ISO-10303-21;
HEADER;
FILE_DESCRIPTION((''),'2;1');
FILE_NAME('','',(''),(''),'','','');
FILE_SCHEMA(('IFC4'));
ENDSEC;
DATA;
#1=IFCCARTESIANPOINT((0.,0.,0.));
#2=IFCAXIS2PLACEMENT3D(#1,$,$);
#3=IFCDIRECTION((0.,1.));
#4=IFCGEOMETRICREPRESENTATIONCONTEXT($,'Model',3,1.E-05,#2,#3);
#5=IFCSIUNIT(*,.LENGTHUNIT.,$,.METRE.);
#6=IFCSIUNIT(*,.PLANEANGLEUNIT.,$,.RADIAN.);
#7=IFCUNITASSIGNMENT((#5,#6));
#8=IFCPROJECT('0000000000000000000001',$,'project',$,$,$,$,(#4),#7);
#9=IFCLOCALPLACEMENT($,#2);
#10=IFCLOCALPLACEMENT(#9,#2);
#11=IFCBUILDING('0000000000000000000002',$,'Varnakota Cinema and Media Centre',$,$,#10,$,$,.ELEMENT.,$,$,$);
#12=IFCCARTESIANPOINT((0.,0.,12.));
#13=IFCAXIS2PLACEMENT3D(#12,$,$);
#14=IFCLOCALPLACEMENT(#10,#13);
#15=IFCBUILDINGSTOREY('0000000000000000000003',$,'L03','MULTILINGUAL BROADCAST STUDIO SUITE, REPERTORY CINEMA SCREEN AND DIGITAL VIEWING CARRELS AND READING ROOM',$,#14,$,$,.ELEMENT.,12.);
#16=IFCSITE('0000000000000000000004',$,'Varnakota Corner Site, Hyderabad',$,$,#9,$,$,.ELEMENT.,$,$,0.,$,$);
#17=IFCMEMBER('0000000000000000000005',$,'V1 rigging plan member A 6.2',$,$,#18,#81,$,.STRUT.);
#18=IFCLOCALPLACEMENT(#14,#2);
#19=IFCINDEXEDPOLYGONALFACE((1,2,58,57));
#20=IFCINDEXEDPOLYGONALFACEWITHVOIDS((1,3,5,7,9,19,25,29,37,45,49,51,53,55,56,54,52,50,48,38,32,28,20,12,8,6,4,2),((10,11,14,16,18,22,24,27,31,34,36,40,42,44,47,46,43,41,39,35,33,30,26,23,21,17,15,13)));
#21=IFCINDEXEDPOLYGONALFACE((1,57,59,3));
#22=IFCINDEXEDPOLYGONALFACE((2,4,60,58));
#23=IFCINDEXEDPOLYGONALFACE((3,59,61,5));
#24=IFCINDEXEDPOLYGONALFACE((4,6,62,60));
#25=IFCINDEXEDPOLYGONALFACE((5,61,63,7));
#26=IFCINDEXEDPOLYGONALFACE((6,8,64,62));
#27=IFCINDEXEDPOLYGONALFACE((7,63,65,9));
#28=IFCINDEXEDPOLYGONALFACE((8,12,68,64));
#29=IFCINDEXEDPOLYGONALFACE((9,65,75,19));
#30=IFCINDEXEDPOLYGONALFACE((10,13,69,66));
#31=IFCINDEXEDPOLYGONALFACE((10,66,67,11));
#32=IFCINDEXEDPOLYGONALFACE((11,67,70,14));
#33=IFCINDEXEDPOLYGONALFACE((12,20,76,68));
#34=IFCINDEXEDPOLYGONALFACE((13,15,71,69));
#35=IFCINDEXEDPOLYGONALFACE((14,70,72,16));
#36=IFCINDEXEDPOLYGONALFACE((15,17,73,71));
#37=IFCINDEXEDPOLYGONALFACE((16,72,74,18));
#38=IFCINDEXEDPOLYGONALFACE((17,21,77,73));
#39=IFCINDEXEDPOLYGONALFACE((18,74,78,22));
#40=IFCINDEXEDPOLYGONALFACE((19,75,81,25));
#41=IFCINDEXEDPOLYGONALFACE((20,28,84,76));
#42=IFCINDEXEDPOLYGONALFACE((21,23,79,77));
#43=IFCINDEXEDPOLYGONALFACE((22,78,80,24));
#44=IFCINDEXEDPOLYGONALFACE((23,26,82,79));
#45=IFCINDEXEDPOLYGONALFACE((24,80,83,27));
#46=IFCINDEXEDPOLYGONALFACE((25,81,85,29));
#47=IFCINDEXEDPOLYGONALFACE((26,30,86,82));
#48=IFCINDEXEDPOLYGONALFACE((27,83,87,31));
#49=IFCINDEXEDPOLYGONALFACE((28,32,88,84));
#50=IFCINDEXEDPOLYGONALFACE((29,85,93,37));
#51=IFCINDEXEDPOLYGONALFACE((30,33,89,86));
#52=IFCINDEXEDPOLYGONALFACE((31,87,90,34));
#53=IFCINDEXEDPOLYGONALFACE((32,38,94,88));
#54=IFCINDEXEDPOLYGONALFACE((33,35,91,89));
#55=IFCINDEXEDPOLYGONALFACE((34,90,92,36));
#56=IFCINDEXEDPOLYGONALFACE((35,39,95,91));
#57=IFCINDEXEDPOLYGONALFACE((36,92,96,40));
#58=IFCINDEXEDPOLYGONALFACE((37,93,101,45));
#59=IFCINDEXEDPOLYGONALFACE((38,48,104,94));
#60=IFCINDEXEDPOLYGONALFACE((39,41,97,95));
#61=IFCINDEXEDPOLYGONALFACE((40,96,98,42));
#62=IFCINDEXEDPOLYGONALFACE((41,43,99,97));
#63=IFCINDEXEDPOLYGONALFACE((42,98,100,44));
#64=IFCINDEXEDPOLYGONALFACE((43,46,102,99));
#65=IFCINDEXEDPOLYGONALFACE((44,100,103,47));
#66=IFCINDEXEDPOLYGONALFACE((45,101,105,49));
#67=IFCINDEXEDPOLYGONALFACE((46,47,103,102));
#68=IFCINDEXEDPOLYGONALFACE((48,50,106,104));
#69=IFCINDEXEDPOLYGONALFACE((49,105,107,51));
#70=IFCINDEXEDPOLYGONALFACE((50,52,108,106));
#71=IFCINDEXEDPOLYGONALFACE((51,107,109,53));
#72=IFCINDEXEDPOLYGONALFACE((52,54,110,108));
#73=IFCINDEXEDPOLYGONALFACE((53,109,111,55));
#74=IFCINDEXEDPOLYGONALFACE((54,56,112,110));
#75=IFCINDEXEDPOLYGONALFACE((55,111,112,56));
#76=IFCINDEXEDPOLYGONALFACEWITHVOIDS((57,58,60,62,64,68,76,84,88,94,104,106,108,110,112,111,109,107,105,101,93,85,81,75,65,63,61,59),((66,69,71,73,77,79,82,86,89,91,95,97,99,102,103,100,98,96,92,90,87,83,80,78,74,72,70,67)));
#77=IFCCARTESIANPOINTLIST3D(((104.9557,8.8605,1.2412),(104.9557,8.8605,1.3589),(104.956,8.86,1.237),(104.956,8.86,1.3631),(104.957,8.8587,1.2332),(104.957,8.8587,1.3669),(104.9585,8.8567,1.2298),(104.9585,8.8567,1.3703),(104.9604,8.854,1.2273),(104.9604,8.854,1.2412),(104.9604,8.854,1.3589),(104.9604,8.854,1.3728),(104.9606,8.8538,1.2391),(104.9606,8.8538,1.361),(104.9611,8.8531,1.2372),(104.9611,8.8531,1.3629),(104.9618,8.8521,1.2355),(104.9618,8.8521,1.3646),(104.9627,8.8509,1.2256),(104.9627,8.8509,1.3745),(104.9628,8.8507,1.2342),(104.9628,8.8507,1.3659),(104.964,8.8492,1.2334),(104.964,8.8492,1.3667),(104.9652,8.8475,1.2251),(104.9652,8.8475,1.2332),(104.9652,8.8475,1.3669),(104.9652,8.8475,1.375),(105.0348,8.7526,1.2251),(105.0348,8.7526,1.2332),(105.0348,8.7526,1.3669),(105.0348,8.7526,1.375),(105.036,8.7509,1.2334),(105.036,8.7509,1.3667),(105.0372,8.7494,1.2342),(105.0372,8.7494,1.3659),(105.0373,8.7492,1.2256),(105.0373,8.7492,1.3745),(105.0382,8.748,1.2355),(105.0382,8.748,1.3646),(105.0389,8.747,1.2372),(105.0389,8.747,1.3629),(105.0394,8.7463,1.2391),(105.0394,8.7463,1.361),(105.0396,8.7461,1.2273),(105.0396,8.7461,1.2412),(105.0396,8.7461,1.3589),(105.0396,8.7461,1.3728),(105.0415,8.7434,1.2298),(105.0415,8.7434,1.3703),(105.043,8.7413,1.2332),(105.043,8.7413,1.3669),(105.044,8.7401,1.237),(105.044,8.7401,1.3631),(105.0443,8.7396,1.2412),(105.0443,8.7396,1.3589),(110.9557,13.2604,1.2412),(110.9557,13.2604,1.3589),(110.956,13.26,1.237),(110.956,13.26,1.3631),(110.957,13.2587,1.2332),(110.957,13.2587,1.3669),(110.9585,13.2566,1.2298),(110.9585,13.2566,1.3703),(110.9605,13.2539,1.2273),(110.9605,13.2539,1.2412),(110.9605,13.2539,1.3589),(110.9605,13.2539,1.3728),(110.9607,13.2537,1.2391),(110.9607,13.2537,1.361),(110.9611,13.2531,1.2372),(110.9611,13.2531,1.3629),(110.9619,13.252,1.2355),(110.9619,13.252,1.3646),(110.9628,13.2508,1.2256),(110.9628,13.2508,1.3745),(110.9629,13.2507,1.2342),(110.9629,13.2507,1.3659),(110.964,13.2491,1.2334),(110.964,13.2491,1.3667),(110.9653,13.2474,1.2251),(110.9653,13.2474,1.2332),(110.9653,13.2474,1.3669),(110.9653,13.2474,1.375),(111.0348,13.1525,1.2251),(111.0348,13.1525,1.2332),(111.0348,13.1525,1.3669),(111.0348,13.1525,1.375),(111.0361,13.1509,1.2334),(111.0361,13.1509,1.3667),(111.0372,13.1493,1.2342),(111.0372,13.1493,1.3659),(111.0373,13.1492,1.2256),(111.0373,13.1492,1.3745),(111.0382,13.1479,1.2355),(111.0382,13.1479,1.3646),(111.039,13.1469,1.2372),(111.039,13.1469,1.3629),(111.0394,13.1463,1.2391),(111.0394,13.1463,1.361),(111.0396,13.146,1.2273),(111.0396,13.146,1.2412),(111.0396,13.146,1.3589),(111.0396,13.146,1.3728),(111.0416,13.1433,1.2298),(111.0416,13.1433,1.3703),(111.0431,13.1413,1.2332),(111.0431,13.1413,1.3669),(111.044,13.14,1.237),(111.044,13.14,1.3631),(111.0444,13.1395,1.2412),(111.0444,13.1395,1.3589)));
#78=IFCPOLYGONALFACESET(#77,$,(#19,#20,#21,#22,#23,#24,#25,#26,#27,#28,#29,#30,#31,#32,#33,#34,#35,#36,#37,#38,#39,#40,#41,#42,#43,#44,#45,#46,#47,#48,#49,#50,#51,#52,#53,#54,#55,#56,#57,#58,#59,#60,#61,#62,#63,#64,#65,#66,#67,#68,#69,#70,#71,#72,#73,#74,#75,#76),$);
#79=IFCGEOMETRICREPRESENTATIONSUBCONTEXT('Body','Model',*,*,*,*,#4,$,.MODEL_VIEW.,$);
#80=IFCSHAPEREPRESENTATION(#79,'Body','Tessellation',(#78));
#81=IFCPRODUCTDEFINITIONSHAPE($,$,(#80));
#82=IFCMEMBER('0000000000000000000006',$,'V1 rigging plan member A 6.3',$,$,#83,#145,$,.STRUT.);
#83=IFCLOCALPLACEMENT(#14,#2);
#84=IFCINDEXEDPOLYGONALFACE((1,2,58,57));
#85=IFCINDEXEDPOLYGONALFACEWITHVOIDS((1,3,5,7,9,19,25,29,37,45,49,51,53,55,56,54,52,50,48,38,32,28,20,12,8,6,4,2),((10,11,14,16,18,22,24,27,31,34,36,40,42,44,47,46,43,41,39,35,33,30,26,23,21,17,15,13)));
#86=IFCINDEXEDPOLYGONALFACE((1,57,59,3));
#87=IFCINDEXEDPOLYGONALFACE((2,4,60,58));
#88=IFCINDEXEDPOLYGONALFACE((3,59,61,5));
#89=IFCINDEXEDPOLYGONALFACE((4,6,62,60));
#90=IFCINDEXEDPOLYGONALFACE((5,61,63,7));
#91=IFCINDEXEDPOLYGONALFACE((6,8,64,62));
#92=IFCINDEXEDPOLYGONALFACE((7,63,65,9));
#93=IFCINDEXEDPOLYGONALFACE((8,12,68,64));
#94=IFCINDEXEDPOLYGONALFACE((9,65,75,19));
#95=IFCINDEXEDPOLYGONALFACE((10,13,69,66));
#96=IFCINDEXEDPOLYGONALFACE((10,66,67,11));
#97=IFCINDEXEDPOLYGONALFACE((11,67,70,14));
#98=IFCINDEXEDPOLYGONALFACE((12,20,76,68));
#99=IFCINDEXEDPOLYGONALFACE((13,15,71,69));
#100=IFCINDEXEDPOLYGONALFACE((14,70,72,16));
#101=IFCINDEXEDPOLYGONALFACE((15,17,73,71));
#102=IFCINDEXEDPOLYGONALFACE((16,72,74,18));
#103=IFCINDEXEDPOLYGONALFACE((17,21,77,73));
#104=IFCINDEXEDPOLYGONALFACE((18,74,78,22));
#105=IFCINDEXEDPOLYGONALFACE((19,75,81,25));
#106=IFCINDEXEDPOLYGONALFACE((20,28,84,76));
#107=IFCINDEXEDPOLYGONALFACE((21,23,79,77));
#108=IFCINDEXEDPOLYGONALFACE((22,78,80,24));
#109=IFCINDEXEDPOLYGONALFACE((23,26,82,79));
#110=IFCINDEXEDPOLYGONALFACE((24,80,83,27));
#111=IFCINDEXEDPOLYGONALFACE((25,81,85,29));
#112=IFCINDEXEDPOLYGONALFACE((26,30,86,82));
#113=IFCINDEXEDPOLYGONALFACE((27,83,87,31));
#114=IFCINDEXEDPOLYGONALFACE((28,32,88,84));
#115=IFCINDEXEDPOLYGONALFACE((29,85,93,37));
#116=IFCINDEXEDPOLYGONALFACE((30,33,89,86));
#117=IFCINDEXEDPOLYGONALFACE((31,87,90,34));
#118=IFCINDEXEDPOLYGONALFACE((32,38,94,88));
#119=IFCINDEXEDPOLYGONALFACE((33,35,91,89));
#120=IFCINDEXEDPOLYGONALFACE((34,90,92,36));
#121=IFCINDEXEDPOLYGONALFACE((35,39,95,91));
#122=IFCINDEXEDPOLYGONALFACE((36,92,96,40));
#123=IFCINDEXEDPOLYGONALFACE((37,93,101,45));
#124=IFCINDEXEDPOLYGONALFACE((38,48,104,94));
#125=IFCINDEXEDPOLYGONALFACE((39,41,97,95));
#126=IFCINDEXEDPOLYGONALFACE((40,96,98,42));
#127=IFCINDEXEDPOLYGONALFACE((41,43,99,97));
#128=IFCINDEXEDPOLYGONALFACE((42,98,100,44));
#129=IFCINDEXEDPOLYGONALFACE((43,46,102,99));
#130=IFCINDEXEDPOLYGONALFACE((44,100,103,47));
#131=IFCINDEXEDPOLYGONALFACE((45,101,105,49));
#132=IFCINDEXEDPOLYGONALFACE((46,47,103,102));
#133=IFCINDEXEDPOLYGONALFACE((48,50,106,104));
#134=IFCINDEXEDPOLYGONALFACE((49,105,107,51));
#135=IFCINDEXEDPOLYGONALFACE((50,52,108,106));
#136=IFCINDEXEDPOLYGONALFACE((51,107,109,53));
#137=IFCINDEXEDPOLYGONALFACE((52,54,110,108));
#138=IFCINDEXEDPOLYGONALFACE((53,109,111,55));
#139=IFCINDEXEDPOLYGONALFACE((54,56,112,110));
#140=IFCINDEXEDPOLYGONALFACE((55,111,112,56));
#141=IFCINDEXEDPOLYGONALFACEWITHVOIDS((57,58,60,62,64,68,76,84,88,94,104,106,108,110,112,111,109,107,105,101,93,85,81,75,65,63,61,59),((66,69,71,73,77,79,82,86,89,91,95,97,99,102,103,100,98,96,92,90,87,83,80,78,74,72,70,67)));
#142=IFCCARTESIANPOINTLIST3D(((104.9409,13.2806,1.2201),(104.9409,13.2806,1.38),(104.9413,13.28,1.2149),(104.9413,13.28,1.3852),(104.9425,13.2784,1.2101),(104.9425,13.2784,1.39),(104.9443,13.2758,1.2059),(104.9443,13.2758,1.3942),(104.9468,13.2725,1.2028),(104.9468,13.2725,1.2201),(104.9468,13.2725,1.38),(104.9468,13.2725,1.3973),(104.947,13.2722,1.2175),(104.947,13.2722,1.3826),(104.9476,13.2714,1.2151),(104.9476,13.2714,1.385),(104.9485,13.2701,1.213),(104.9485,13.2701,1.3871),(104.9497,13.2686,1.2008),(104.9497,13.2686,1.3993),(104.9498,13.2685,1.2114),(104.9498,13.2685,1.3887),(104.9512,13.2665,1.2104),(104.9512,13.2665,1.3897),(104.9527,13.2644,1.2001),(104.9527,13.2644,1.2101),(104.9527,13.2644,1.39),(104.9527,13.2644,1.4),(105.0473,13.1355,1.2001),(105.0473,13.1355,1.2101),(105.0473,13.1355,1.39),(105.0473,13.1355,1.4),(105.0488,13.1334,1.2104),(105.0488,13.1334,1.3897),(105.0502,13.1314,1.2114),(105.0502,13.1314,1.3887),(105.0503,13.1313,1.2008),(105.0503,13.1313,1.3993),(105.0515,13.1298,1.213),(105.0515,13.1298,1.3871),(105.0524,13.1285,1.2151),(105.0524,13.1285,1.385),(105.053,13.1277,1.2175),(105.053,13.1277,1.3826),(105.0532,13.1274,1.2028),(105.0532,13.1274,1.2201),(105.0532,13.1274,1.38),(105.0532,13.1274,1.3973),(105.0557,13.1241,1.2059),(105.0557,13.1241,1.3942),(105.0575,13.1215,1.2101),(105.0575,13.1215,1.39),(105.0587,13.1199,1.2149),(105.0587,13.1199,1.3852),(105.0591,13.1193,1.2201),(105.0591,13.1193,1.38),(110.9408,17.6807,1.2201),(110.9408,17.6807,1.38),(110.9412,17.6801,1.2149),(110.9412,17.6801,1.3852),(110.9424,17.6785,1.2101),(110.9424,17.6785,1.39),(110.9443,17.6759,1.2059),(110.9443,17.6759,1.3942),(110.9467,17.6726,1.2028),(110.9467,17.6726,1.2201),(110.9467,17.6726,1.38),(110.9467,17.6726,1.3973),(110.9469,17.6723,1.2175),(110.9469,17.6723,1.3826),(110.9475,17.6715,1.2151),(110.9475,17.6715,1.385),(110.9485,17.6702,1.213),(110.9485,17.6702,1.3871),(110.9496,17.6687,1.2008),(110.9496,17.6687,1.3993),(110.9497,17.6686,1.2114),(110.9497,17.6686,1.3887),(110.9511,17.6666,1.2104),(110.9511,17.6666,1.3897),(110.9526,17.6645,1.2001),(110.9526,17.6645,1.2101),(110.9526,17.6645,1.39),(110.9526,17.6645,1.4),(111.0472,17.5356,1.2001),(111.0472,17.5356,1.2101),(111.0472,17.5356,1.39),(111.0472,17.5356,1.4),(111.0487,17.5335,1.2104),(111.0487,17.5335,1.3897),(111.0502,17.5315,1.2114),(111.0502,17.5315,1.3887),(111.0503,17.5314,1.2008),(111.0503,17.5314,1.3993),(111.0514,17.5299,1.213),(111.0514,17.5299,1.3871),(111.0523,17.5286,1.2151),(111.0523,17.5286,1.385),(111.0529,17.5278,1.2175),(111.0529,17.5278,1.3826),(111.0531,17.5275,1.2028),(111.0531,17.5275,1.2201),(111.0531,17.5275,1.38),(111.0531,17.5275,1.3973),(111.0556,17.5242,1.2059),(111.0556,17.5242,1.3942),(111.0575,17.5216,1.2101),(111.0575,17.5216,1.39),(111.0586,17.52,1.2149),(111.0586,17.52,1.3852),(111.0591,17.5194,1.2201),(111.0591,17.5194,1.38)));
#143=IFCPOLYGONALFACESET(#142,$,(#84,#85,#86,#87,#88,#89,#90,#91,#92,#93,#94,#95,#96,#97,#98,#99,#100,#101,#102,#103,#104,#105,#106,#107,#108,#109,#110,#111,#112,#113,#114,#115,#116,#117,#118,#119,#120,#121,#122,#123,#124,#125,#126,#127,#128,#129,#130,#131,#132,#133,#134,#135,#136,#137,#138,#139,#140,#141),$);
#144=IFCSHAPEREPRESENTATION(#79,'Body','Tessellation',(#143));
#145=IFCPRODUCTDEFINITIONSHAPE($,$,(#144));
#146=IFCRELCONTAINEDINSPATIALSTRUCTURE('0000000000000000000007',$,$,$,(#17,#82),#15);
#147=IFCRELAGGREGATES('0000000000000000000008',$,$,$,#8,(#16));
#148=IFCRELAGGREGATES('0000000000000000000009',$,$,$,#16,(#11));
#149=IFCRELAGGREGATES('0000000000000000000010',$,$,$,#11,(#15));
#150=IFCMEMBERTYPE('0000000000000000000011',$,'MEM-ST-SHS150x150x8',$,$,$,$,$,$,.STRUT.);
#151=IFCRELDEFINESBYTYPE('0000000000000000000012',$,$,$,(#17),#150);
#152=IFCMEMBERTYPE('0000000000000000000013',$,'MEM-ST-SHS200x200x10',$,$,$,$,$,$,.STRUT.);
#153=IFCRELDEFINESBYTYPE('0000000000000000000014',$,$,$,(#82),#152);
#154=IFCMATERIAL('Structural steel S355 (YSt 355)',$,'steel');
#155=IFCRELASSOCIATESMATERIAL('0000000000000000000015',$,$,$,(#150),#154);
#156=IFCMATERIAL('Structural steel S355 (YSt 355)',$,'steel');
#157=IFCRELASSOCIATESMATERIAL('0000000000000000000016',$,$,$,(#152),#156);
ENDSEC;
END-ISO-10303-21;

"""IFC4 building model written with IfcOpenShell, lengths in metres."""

from ifc_helpers import new_model, si_unit, direction, frame, origin, origin_2d, place, context, subcontext, project, spatial, hollow_rectangle, extrude, material, material_profile, profile_set, type_object, element, save


model = new_model("IFC4")

# Units and contexts
model_context = context("Model", 3, precision=1e-05, world=origin(), true_north=direction((0.0, 1.0)))
body_context = subcontext(model_context, "Body", "Model", "MODEL_VIEW")
ifc_project = project(units=[si_unit("LENGTHUNIT", "METRE"), si_unit("PLANEANGLEUNIT", "RADIAN")], contexts=[model_context])

# Site, building, storey
site_placement = place(None, origin())
site = spatial("IfcSite", under=ifc_project, at=site_placement, Name="Varnakota Corner Site, Hyderabad", CompositionType="ELEMENT", RefElevation=0.0)
building_placement = place(site_placement, origin())
building = spatial("IfcBuilding", under=site, at=building_placement, Name="Varnakota Cinema and Media Centre", CompositionType="ELEMENT")
storey_placement = place(building_placement, frame((0.0, 0.0, 12.0)))
storey = spatial("IfcBuildingStorey", under=building, at=storey_placement, Name="L03", Description="MULTILINGUAL BROADCAST STUDIO SUITE, REPERTORY CINEMA SCREEN AND DIGITAL VIEWING CARRELS AND READING ROOM", CompositionType="ELEMENT", Elevation=12.0)

# Members
ifc_material_1 = material(Name="Structural steel S355 (YSt 355)", Category="steel")
ifc_material_profile_1 = material_profile(ifc_material_1, hollow_rectangle(XDim=0.1499, YDim=0.1499, WallThickness=0.0081, InnerFilletRadius=0.0081, OuterFilletRadius=0.0161, at=origin_2d()), Name="SHS 150x150x8")
ifc_profile_set_1 = profile_set([ifc_material_profile_1], Name="Structural steel S355 (YSt 355)")
member_type_1 = type_object("IfcMemberType", Name="MEM-ST-SHS150x150x8", PredefinedType="STRUT", material=ifc_profile_set_1)
member_1_placement = place(storey_placement, frame((105.0, 8.8, 1.3), z_axis=(0.806411, 0.591355, 0.0), x_axis=(-0.591355, 0.806411, 0.0)))
element("IfcMember", 1, at=member_1_placement, inside=storey, type_object=member_type_1, Name="V1 rigging plan member A 6.2", PredefinedType="STRUT", context=body_context, shape_type="SweptSolid", body=[
    extrude(hollow_rectangle(XDim=0.1499, YDim=0.1499, WallThickness=0.0081, InnerFilletRadius=0.0081, OuterFilletRadius=0.0161, at=origin_2d()), origin(), (0.0, 0.0, 1.0), 7.4404),
])
ifc_material_2 = material(Name="Structural steel S355 (YSt 355)", Category="steel")
ifc_material_profile_2 = material_profile(ifc_material_2, hollow_rectangle(XDim=0.2, YDim=0.2, WallThickness=0.01, InnerFilletRadius=0.01, OuterFilletRadius=0.02, at=origin_2d()), Name="SHS 200x200x10")
ifc_profile_set_2 = profile_set([ifc_material_profile_2], Name="Structural steel S355 (YSt 355)")
member_type_2 = type_object("IfcMemberType", Name="MEM-ST-SHS200x200x10", PredefinedType="STRUT", material=ifc_profile_set_2)
member_2_placement = place(storey_placement, frame((105.0, 13.2, 1.3), z_axis=(0.806396, 0.591376, 0.0), x_axis=(-0.591376, 0.806396, 0.0)))
element("IfcMember", 2, at=member_2_placement, inside=storey, type_object=member_type_2, Name="V1 rigging plan member A 6.3", PredefinedType="STRUT", context=body_context, shape_type="SweptSolid", body=[
    extrude(hollow_rectangle(XDim=0.2, YDim=0.2, WallThickness=0.01, InnerFilletRadius=0.01, OuterFilletRadius=0.02, at=origin_2d()), origin(), (0.0, 0.0, 1.0), 7.4404),
])

save(model, "model.ifc")
